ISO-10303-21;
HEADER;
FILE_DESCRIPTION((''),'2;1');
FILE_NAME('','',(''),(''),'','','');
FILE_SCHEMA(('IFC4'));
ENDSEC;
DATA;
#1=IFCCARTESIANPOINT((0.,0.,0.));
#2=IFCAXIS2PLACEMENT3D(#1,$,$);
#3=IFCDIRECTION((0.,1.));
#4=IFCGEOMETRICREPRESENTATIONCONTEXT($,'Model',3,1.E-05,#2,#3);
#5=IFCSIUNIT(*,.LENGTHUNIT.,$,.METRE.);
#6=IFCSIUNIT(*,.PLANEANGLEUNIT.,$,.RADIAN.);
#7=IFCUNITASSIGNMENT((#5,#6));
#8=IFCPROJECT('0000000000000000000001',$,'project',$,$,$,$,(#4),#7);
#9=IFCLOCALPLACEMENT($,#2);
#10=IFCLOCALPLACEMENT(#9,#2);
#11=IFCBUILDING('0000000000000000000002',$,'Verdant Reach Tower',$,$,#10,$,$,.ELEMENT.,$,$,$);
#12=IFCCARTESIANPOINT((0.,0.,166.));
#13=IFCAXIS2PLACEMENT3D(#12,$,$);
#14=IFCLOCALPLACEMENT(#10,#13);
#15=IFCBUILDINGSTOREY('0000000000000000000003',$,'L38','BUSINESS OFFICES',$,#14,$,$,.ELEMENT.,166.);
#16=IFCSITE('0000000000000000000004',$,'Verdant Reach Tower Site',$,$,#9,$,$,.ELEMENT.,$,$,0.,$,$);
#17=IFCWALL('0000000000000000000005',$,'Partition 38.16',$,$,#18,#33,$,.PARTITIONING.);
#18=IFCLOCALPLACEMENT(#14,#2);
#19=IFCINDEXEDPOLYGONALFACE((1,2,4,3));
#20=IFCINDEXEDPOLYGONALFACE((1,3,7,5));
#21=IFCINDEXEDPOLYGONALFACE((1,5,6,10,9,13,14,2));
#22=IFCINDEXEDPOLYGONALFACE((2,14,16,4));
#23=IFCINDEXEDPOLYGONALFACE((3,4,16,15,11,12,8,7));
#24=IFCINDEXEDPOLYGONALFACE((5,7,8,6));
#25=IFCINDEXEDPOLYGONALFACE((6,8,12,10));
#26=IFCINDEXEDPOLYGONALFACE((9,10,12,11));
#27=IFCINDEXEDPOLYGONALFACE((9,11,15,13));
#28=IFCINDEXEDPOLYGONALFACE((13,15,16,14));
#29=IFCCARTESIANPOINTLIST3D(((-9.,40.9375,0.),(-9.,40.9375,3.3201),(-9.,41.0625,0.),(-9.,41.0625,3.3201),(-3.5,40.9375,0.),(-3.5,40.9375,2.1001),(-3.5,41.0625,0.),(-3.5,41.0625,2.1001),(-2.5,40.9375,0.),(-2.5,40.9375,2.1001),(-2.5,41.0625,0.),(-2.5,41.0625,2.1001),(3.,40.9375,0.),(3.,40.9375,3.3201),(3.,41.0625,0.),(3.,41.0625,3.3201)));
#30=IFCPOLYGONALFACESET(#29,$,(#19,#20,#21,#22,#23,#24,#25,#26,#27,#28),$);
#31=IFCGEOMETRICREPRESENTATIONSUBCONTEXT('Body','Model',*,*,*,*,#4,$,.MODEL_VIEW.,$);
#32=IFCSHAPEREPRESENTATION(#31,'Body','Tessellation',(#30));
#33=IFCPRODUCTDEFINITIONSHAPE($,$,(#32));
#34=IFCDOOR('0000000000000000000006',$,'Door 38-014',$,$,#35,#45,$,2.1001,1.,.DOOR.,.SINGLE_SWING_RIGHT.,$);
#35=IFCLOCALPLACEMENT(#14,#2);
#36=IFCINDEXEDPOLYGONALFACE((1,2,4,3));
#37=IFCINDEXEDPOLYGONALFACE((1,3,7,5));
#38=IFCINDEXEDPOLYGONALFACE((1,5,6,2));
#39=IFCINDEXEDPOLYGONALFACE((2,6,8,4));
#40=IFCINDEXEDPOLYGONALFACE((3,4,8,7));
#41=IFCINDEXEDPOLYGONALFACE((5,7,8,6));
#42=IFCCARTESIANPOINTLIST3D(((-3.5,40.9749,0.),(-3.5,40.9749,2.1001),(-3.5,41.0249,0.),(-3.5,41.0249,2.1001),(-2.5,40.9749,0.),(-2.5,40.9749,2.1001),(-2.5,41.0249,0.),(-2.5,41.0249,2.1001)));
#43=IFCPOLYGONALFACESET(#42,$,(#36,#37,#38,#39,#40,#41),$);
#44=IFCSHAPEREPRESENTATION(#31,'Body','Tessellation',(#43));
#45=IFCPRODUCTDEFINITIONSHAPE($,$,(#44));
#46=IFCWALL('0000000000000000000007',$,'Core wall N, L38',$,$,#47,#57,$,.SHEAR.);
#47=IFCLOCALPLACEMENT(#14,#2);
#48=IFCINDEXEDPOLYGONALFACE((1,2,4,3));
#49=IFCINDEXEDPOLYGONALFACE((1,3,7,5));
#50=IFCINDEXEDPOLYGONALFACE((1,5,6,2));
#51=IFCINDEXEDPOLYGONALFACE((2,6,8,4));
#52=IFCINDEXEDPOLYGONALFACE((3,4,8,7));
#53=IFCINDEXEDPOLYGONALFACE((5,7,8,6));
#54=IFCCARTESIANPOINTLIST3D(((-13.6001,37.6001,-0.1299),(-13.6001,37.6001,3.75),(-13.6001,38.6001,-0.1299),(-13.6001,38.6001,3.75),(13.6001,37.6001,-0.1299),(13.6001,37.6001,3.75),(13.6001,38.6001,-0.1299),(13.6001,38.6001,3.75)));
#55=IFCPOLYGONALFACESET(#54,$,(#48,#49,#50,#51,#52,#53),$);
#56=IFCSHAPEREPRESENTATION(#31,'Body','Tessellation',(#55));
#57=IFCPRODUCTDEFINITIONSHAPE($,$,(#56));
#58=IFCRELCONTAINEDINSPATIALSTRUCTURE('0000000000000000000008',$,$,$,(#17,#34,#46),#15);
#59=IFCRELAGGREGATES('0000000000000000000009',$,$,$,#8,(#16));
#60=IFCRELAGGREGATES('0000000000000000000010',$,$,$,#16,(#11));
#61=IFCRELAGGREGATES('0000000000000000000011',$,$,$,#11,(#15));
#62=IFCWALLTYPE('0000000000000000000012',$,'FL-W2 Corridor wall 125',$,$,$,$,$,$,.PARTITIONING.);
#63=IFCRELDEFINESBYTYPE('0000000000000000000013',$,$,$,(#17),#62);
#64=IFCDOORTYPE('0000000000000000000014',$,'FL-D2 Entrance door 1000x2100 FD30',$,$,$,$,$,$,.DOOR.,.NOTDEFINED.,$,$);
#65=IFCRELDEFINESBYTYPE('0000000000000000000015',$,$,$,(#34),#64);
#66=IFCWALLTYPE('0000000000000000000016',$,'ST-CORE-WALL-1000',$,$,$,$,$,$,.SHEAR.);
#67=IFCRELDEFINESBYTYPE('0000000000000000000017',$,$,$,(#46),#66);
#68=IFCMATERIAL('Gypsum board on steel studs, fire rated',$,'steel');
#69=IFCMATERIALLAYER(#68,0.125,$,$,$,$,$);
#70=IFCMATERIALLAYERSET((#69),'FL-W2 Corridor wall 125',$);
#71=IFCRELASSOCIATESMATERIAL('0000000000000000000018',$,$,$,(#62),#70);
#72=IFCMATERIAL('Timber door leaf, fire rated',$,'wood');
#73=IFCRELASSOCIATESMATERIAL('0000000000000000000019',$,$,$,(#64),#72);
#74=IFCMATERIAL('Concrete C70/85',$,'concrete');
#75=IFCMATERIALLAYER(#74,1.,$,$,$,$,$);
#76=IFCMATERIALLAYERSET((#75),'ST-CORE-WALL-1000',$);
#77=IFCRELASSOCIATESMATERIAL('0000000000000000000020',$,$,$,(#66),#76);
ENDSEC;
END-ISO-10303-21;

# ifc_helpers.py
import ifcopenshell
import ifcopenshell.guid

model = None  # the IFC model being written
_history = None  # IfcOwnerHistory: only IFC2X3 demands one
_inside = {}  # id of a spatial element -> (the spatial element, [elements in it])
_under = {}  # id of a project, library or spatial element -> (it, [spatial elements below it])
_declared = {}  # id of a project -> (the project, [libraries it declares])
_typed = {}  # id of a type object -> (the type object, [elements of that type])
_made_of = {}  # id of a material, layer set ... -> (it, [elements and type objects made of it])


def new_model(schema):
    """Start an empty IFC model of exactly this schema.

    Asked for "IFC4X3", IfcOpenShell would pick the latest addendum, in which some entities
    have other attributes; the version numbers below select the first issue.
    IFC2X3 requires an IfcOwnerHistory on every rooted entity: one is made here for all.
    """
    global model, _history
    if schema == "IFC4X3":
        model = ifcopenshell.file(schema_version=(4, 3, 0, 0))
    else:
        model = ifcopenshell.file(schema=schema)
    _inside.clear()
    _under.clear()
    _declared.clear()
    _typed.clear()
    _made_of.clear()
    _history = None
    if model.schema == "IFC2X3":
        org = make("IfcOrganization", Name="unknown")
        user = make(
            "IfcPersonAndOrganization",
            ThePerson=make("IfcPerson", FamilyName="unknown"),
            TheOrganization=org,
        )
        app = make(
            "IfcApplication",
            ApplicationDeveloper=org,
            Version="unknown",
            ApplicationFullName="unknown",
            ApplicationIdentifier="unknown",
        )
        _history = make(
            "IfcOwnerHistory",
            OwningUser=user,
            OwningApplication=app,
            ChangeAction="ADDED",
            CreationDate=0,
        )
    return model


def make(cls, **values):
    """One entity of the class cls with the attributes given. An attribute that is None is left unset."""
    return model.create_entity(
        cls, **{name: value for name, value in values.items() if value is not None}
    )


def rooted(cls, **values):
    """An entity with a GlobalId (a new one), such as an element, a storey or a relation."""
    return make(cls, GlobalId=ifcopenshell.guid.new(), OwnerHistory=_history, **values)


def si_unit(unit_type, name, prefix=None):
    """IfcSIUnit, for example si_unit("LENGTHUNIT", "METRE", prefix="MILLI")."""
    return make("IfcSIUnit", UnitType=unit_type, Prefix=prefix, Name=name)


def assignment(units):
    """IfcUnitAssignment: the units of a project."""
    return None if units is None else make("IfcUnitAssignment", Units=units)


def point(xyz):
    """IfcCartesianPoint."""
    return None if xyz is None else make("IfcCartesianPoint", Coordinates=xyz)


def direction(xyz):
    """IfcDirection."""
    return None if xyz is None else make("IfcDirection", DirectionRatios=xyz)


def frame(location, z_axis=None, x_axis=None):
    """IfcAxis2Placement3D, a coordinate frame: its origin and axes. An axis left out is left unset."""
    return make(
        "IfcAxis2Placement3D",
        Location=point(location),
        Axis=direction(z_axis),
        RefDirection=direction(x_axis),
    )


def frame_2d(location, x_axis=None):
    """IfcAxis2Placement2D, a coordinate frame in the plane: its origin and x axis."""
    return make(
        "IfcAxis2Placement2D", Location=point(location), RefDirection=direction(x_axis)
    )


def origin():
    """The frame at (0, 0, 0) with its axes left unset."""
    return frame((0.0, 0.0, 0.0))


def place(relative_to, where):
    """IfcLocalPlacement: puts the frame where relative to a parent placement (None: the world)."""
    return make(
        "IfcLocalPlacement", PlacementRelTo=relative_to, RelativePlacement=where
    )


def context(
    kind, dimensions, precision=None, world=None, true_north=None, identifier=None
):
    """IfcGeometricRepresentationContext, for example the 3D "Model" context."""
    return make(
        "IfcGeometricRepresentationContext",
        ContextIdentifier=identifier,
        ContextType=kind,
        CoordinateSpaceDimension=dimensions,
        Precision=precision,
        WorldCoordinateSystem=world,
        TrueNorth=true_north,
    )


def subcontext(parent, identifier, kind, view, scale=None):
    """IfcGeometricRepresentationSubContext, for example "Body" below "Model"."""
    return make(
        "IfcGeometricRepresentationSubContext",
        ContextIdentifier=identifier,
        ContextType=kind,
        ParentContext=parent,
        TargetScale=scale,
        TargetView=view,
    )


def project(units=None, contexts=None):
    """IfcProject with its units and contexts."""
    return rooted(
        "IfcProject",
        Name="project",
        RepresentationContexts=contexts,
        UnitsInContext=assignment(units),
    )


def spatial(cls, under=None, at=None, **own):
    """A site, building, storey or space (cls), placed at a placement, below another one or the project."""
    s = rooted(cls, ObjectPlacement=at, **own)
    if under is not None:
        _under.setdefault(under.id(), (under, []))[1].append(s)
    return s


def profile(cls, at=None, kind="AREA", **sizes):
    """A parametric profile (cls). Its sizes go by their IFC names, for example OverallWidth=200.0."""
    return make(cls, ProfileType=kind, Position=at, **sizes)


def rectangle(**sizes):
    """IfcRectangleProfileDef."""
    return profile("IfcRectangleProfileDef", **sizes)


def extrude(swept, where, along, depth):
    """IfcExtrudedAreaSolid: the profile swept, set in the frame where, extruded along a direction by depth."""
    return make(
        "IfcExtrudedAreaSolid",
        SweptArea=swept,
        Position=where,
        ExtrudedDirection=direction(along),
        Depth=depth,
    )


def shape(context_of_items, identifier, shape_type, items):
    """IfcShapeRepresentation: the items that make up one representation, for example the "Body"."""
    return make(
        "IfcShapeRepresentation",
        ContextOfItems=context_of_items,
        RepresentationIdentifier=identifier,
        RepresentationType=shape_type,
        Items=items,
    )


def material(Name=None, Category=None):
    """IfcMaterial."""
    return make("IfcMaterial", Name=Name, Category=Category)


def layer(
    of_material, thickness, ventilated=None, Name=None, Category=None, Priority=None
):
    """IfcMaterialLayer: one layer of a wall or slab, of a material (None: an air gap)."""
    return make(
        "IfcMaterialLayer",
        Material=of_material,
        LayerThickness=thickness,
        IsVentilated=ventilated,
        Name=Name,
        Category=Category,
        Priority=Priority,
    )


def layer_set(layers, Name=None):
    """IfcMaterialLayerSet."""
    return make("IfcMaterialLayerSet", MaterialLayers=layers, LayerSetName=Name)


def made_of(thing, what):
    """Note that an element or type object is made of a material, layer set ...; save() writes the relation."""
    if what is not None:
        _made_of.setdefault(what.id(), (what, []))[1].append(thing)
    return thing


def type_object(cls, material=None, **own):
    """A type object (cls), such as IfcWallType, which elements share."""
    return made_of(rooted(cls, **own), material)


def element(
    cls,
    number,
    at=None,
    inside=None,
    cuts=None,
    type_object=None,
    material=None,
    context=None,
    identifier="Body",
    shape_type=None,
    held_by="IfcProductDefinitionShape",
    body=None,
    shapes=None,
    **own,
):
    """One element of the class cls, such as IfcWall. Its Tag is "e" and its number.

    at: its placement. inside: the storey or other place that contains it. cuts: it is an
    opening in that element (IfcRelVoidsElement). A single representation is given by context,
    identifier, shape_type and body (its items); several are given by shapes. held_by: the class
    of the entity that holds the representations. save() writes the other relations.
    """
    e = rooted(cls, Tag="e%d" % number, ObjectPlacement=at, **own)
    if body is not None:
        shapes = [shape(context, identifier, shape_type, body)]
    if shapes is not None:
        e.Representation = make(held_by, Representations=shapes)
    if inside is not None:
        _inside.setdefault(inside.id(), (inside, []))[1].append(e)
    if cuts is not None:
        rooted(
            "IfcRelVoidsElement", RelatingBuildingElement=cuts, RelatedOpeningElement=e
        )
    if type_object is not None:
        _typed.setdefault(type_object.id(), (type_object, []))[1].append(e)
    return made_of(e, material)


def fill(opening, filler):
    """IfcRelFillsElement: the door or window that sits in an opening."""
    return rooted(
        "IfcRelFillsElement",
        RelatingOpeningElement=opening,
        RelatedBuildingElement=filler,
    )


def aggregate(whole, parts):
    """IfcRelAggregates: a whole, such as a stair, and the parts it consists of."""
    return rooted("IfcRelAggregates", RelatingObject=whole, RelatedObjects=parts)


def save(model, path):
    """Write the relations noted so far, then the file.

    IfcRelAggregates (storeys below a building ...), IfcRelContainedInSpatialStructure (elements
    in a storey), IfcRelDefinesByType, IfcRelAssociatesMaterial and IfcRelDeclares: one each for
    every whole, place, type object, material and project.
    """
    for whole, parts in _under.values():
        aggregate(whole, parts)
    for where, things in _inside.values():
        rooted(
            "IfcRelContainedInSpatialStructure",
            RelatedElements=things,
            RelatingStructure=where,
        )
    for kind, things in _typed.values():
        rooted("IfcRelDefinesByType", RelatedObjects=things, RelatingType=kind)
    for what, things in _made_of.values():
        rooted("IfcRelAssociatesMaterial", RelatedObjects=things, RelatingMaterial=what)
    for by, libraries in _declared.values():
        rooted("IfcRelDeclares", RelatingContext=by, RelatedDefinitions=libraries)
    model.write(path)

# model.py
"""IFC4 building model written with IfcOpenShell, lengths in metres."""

from ifc_helpers import new_model, si_unit, direction, frame, frame_2d, origin, place, context, subcontext, project, spatial, rectangle, extrude, material, layer, layer_set, type_object, element, fill, save


model = new_model("IFC4")

# Units and contexts
model_context = context("Model", 3, precision=1e-05, world=origin(), true_north=direction((0.0, 1.0)))
body_context = subcontext(model_context, "Body", "Model", "MODEL_VIEW")
ifc_project = project(units=[si_unit("LENGTHUNIT", "METRE"), si_unit("PLANEANGLEUNIT", "RADIAN")], contexts=[model_context])

# Site, building, storey
site_placement = place(None, origin())
site = spatial("IfcSite", under=ifc_project, at=site_placement, Name="Verdant Reach Tower Site", CompositionType="ELEMENT", RefElevation=0.0)
building_placement = place(site_placement, origin())
building = spatial("IfcBuilding", under=site, at=building_placement, Name="Verdant Reach Tower", CompositionType="ELEMENT")
storey_placement = place(building_placement, frame((0.0, 0.0, 166.0)))
storey = spatial("IfcBuildingStorey", under=building, at=storey_placement, Name="L38", Description="BUSINESS OFFICES", CompositionType="ELEMENT", Elevation=166.0)

# Shared definitions
ifc_material_1 = material(Name="Gypsum board on steel studs, fire rated", Category="steel")
ifc_layer_1 = layer(ifc_material_1, 0.125)
ifc_layer_set_1 = layer_set([ifc_layer_1], Name="FL-W2 Corridor wall 125")
wall_type_1 = type_object("IfcWallType", Name="FL-W2 Corridor wall 125", PredefinedType="PARTITIONING", material=ifc_layer_set_1)

# Wall, opening, door
wall_1_placement = place(storey_placement, frame((-9.0, 41.0, 0.0), z_axis=(0.0, 0.0, 1.0), x_axis=(1.0, 0.0, 0.0)))
wall_1 = element("IfcWall", 1, at=wall_1_placement, inside=storey, type_object=wall_type_1, Name="Partition 38.16", PredefinedType="PARTITIONING", context=body_context, shape_type="SweptSolid", body=[
    extrude(rectangle(XDim=12.0, YDim=0.125, at=frame_2d((6.0, 0.0))), origin(), (0.0, 0.0, 1.0), 3.3201),
])
opening_1_placement = place(wall_1_placement, frame((5.5, 0.0, 0.0)))
opening_1 = element("IfcOpeningElement", 2, at=opening_1_placement, cuts=wall_1, PredefinedType="OPENING", context=body_context, shape_type="SweptSolid", body=[
    extrude(rectangle(XDim=1.0, YDim=2.1001, at=frame_2d((0.5, 1.05))), frame((0.0, 0.0725, 0.0), z_axis=(0.0, -1.0, 0.0), x_axis=(1.0, 0.0, 0.0)), (0.0, 0.0, 1.0), 0.145),
])
ifc_material_2 = material(Name="Timber door leaf, fire rated", Category="wood")
door_type_1 = type_object("IfcDoorType", Name="FL-D2 Entrance door 1000x2100 FD30", OperationType="NOTDEFINED", PredefinedType="DOOR", material=ifc_material_2)
door_1_placement = place(opening_1_placement, origin())
door_1 = element("IfcDoor", 3, at=door_1_placement, inside=storey, type_object=door_type_1, Name="Door 38-014", OperationType="SINGLE_SWING_RIGHT", OverallHeight=2.1001, OverallWidth=1.0, PredefinedType="DOOR", context=body_context, shape_type="SweptSolid", body=[
    extrude(rectangle(XDim=1.0, YDim=2.1001, at=frame_2d((0.5, 1.05))), frame((0.0, 0.0249, 0.0), z_axis=(0.0, -1.0, 0.0), x_axis=(1.0, 0.0, 0.0)), (0.0, 0.0, 1.0), 0.05),
])
fill(opening_1, door_1)

# Wall
ifc_material_3 = material(Name="Concrete C70/85", Category="concrete")
ifc_layer_2 = layer(ifc_material_3, 1.0)
ifc_layer_set_2 = layer_set([ifc_layer_2], Name="ST-CORE-WALL-1000")
wall_type_2 = type_object("IfcWallType", Name="ST-CORE-WALL-1000", PredefinedType="SHEAR", material=ifc_layer_set_2)
wall_2_placement = place(storey_placement, frame((-13.6001, 38.1001, -0.1299), z_axis=(0.0, 0.0, 1.0), x_axis=(1.0, 0.0, 0.0)))
element("IfcWall", 4, at=wall_2_placement, inside=storey, type_object=wall_type_2, Name="Core wall N, L38", PredefinedType="SHEAR", context=body_context, shape_type="SweptSolid", body=[
    extrude(rectangle(XDim=27.2002, YDim=1.0, at=frame_2d((13.6001, 0.0))), origin(), (0.0, 0.0, 1.0), 3.8799),
])

save(model, "model.ifc")
